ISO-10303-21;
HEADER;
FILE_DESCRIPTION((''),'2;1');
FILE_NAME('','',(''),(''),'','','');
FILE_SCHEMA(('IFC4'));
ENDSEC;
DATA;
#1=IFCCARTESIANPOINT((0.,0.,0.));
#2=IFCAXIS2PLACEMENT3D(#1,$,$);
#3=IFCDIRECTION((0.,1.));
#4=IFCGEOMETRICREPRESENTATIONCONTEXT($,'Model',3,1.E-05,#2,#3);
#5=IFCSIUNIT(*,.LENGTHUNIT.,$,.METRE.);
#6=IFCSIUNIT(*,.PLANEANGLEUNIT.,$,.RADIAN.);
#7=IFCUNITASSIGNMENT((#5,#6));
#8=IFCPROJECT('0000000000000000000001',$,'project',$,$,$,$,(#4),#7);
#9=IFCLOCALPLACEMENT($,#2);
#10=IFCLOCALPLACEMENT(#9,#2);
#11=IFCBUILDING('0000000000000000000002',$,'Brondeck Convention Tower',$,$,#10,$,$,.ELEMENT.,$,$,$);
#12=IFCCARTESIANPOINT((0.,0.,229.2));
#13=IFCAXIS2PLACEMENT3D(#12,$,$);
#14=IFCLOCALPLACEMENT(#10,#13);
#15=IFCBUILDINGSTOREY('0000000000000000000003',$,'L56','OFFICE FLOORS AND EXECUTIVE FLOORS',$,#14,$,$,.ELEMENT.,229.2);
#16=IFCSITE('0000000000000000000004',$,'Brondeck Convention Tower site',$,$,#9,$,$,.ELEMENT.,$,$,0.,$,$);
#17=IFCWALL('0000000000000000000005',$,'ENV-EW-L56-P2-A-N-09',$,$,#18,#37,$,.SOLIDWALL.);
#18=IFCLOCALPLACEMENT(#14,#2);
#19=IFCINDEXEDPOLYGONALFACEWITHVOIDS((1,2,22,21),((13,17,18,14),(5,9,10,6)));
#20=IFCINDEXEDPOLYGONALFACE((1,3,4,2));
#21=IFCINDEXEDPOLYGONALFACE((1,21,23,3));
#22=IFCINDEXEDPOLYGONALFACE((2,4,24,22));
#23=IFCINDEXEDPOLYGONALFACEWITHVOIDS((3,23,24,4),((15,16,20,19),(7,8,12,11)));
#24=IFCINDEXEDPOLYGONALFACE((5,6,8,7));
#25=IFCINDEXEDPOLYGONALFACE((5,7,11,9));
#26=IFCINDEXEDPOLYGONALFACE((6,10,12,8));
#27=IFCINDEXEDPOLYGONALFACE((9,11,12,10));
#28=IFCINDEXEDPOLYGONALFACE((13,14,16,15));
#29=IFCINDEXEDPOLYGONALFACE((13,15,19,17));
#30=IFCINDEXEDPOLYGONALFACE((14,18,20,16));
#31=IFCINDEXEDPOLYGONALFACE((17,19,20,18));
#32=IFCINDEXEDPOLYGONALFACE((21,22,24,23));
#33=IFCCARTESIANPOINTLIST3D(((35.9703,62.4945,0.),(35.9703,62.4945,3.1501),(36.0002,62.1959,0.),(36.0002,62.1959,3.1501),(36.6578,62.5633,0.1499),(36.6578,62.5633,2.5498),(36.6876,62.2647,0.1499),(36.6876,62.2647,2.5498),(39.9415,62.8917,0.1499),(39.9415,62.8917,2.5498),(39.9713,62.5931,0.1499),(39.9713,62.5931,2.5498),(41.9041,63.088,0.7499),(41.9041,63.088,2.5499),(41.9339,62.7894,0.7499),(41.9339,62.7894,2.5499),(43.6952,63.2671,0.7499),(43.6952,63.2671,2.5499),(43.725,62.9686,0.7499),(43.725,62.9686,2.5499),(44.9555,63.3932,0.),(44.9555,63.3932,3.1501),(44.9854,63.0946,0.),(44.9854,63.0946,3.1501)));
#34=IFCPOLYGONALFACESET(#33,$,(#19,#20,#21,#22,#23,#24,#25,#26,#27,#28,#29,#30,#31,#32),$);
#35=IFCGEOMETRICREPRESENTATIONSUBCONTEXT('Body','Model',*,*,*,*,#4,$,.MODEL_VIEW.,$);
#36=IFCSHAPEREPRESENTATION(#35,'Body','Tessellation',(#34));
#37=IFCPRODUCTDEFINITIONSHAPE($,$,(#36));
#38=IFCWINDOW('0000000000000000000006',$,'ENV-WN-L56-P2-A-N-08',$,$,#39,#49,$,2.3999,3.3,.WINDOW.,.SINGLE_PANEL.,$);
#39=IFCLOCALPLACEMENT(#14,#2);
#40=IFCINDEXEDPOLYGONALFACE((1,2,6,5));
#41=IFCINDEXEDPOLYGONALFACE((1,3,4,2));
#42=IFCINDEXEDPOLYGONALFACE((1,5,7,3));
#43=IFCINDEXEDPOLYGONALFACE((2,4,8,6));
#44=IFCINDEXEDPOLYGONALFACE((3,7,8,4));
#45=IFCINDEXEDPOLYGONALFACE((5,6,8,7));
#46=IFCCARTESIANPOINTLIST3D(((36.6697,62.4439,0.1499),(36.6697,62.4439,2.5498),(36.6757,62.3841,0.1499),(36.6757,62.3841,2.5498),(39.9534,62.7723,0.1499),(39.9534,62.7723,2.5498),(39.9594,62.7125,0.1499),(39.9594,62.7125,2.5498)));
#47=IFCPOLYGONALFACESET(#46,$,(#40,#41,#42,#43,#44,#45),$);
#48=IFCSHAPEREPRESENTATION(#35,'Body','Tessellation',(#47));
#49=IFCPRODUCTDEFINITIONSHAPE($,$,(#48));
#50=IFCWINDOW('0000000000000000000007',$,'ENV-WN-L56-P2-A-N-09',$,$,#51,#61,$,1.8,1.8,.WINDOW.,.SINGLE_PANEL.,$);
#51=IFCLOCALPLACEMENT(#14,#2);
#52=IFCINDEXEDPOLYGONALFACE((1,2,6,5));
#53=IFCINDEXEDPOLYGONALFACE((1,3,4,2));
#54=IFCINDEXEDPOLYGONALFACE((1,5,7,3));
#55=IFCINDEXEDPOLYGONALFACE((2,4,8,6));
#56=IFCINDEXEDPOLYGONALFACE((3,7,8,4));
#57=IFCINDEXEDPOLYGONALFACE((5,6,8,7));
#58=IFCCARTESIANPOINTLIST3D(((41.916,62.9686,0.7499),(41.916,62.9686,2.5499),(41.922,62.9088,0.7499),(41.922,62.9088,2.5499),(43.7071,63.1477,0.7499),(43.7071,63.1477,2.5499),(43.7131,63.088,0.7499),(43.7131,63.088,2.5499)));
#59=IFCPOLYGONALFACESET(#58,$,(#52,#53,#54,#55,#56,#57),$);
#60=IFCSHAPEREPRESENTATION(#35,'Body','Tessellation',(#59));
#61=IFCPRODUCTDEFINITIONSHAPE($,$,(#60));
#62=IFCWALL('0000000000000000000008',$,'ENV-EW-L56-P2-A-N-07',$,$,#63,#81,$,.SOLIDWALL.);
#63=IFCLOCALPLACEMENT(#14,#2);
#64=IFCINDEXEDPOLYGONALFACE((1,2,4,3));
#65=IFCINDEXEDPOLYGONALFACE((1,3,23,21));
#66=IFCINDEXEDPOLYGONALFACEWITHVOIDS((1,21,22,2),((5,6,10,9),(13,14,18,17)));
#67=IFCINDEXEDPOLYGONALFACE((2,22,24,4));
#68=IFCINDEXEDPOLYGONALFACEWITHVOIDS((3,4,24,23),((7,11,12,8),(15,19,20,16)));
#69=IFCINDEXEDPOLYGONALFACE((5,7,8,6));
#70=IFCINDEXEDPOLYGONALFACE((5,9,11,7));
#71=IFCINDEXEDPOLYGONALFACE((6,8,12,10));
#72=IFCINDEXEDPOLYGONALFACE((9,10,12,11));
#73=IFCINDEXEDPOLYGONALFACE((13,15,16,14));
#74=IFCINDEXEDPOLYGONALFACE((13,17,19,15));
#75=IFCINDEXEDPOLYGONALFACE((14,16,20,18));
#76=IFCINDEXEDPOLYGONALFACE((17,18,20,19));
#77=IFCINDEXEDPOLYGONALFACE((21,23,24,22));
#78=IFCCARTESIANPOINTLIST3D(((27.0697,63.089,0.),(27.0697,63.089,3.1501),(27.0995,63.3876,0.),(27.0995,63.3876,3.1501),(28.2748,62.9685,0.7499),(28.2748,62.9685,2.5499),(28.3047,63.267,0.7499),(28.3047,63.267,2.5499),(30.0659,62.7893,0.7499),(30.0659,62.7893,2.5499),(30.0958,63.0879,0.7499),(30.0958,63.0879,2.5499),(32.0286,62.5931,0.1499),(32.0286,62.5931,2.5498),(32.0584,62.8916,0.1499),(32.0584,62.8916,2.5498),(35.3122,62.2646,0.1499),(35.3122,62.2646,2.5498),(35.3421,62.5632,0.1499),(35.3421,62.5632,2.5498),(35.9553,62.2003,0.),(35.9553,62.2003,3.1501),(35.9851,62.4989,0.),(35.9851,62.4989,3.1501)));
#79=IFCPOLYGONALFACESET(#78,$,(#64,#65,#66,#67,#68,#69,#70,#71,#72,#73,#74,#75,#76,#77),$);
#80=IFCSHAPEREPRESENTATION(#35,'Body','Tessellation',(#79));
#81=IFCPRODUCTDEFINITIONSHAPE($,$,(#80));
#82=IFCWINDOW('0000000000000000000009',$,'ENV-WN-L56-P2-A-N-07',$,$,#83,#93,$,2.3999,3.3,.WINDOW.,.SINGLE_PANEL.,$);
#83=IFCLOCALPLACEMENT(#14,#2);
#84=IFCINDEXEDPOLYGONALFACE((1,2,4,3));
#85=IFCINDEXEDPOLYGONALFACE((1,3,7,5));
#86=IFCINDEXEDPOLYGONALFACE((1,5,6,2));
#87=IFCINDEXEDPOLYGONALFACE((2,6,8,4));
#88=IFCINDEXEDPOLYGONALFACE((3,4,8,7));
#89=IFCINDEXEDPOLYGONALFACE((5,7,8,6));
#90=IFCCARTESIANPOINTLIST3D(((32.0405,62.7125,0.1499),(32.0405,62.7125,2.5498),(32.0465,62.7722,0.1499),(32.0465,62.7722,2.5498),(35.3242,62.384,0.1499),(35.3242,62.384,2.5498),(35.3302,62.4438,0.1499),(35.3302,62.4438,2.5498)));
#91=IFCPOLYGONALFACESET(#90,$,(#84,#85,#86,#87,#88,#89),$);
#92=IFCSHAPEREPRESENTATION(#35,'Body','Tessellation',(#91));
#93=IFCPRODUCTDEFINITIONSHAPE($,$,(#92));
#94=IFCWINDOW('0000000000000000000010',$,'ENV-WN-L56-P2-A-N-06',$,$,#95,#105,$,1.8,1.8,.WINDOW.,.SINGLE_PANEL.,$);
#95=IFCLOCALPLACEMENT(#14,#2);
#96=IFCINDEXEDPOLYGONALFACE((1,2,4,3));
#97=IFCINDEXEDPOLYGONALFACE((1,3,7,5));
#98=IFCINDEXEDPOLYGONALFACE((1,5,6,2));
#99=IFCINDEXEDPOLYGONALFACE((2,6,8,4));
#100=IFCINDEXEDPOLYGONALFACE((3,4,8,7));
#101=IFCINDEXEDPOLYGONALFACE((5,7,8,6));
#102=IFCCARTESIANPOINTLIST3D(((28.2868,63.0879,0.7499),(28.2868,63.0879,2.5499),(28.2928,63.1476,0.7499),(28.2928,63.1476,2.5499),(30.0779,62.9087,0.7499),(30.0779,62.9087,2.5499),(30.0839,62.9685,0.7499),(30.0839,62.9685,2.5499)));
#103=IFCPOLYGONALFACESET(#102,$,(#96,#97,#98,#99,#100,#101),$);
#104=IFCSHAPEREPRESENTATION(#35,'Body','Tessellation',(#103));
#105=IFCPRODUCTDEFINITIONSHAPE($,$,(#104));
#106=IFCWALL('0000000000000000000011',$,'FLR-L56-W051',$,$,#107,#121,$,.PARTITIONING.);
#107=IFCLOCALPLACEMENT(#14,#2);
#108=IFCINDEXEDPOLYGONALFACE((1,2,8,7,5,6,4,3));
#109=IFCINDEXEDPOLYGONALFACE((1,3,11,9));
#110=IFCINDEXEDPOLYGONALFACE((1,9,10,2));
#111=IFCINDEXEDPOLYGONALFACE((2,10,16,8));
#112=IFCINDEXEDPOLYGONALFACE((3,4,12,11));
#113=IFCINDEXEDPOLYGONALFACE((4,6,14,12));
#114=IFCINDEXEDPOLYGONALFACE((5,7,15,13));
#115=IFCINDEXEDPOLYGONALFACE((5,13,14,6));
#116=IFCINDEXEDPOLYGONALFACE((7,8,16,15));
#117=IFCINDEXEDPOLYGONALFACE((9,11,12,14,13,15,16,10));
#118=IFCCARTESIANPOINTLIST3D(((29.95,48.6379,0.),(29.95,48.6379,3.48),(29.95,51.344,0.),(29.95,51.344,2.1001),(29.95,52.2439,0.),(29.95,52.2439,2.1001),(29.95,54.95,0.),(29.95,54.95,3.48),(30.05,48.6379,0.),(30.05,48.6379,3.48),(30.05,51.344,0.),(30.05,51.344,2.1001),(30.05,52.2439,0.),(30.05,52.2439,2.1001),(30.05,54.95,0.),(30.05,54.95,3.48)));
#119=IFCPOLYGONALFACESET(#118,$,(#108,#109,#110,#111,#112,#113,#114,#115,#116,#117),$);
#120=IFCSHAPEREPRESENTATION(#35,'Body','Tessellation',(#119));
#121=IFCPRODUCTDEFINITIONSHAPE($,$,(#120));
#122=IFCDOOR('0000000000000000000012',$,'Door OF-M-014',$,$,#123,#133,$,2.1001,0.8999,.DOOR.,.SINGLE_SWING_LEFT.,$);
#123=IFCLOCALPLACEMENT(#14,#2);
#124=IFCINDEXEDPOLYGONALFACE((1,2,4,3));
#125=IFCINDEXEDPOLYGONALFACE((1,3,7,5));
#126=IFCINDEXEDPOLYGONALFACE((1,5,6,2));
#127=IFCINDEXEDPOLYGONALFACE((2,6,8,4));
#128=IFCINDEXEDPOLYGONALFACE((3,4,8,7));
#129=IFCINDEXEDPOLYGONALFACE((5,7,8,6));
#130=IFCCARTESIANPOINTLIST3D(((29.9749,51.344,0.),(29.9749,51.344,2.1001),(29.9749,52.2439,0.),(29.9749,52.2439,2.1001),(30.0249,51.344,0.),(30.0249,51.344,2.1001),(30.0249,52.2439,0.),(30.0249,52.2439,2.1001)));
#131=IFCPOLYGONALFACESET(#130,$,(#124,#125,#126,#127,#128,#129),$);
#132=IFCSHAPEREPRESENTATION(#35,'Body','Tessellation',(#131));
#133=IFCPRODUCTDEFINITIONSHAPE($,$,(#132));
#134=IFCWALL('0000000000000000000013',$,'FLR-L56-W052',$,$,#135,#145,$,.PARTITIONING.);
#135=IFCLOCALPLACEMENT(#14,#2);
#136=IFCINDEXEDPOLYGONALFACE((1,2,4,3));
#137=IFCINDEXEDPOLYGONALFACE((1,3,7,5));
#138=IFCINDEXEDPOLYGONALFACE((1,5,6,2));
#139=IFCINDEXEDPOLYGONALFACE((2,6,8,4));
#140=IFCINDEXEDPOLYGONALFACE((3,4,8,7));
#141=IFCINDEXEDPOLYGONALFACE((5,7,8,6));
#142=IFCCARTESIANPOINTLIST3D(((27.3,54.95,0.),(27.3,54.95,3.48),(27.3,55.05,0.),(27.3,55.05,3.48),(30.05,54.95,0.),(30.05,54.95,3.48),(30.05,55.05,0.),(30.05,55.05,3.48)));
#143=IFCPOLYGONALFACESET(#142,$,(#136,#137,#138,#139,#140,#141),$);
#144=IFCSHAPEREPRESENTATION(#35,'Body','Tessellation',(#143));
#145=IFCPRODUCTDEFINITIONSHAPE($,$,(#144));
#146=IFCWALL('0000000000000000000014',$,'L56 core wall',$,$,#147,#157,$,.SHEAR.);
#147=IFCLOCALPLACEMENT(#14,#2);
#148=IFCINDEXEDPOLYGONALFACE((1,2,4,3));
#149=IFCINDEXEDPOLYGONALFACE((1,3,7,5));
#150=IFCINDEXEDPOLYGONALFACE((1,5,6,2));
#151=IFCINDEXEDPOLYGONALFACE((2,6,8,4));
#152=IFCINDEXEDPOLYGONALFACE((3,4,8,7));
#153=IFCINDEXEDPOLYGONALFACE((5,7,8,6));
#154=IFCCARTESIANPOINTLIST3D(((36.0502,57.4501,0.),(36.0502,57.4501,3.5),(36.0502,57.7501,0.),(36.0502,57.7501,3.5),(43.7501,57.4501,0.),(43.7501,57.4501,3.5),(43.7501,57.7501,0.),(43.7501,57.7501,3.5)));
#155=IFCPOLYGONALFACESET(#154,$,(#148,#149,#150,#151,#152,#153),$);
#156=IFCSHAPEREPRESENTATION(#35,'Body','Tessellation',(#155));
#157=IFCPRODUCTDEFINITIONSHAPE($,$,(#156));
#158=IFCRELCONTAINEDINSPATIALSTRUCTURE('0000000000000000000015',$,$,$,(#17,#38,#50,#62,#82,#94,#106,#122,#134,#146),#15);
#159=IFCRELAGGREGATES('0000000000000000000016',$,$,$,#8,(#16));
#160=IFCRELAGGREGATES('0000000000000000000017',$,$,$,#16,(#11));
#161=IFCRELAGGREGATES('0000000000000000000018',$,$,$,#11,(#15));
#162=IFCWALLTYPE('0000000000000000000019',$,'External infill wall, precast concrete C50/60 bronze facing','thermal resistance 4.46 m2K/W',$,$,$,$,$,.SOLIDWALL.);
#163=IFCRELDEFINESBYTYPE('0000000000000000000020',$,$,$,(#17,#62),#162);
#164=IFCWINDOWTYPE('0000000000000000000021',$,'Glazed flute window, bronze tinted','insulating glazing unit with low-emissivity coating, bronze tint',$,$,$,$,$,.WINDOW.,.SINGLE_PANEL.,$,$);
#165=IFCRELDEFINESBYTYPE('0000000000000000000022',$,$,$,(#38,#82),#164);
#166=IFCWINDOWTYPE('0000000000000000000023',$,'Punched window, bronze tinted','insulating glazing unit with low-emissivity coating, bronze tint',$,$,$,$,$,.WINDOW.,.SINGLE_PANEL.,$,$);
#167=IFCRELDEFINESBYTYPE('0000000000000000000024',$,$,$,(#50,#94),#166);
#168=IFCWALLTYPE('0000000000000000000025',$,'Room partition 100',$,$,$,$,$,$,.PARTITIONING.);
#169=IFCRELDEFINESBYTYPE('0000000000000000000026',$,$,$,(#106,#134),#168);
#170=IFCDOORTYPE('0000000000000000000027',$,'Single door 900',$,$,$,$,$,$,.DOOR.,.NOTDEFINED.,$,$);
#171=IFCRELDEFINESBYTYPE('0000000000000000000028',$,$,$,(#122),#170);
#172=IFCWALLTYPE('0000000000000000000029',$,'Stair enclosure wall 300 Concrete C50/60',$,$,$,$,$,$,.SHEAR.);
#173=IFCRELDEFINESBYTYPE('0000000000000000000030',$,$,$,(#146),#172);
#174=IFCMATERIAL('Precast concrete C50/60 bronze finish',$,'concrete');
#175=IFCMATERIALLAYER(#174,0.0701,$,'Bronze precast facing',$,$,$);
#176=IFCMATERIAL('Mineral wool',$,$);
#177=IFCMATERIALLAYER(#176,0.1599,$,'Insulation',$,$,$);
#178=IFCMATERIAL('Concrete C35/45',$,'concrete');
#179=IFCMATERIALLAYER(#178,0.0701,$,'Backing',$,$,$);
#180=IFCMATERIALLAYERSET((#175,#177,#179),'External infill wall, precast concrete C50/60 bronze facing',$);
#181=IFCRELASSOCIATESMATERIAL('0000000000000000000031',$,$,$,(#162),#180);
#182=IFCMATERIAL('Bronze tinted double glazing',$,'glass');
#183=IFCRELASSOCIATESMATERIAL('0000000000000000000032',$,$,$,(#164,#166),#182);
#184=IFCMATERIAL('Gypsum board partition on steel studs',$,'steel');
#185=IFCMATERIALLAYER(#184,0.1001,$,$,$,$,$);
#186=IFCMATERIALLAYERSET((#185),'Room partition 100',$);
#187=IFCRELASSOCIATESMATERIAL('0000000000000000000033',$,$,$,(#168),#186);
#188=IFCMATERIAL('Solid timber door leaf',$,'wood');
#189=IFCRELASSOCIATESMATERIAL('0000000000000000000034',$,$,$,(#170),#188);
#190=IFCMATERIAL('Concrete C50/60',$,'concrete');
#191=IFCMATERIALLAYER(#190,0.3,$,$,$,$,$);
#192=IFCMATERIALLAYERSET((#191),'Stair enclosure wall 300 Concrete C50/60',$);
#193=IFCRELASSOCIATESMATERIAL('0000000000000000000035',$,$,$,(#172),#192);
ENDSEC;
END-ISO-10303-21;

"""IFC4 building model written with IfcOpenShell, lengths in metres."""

from ifc_helpers import new_model, si_unit, direction, frame, frame_2d, origin, place, context, subcontext, project, spatial, rectangle, extrude, material, layer, layer_set, type_object, element, fill, save


model = new_model("IFC4")

# Units and contexts
model_context = context("Model", 3, precision=1e-05, world=origin(), true_north=direction((0.0, 1.0)))
body_context = subcontext(model_context, "Body", "Model", "MODEL_VIEW")
ifc_project = project(units=[si_unit("LENGTHUNIT", "METRE"), si_unit("PLANEANGLEUNIT", "RADIAN")], contexts=[model_context])

# Site, building, storey
site_placement = place(None, origin())
site = spatial("IfcSite", under=ifc_project, at=site_placement, Name="Brondeck Convention Tower site", CompositionType="ELEMENT", RefElevation=0.0)
building_placement = place(site_placement, origin())
building = spatial("IfcBuilding", under=site, at=building_placement, Name="Brondeck Convention Tower", CompositionType="ELEMENT")
storey_placement = place(building_placement, frame((0.0, 0.0, 229.2)))
storey = spatial("IfcBuildingStorey", under=building, at=storey_placement, Name="L56", Description="OFFICE FLOORS AND EXECUTIVE FLOORS", CompositionType="ELEMENT", Elevation=229.2)

# Shared definitions
ifc_material_1 = material(Name="Concrete C50/60", Category="concrete")

# Walls, openings, windows
ifc_material_2 = material(Name="Precast concrete C50/60 bronze finish", Category="concrete")
ifc_layer_1 = layer(ifc_material_2, 0.0701, Name="Bronze precast facing")
ifc_material_3 = material(Name="Mineral wool")
ifc_layer_2 = layer(ifc_material_3, 0.1599, Name="Insulation")
ifc_material_4 = material(Name="Concrete C35/45", Category="concrete")
ifc_layer_3 = layer(ifc_material_4, 0.0701, Name="Backing")
ifc_layer_set_1 = layer_set([ifc_layer_1, ifc_layer_2, ifc_layer_3], Name="External infill wall, precast concrete C50/60 bronze facing")
wall_type_1 = type_object("IfcWallType", Name="External infill wall, precast concrete C50/60 bronze facing", Description="thermal resistance 4.46 m2K/W", PredefinedType="SOLIDWALL", material=ifc_layer_set_1)
wall_1_placement = place(storey_placement, frame((35.9851, 62.3452, 0.0), z_axis=(0.0, 0.0, 1.0), x_axis=(0.995035, 0.099522, 0.0)))
wall_1 = element("IfcWall", 1, at=wall_1_placement, inside=storey, type_object=wall_type_1, Name="ENV-EW-L56-P2-A-N-09", PredefinedType="SOLIDWALL", context=body_context, shape_type="SweptSolid", body=[
    extrude(rectangle(XDim=9.03, YDim=0.3, at=frame_2d((4.5151, 0.0))), origin(), (0.0, 0.0, 1.0), 3.1501),
])
opening_1_placement = place(wall_1_placement, frame((0.6912, 0.0, 0.1499)))
opening_1 = element("IfcOpeningElement", 2, at=opening_1_placement, cuts=wall_1, PredefinedType="OPENING", context=body_context, shape_type="SweptSolid", body=[
    extrude(rectangle(XDim=3.3, YDim=2.3999, at=frame_2d((1.6499, 1.2))), frame((0.0, 0.1599, 0.0), z_axis=(0.0, -1.0, 0.0), x_axis=(1.0, 0.0, 0.0)), (0.0, 0.0, 1.0), 0.3201),
])
opening_2_placement = place(wall_1_placement, frame((5.9636, 0.0, 0.75)))
opening_2 = element("IfcOpeningElement", 3, at=opening_2_placement, cuts=wall_1, PredefinedType="OPENING", context=body_context, shape_type="SweptSolid", body=[
    extrude(rectangle(XDim=1.8, YDim=1.8, at=frame_2d((0.8999, 0.8999))), frame((0.0, 0.1599, 0.0), z_axis=(0.0, -1.0, 0.0), x_axis=(1.0, 0.0, 0.0)), (0.0, 0.0, 1.0), 0.3201),
])
ifc_material_5 = material(Name="Bronze tinted double glazing", Category="glass")
window_type_1 = type_object("IfcWindowType", Name="Glazed flute window, bronze tinted", Description="insulating glazing unit with low-emissivity coating, bronze tint", PartitioningType="SINGLE_PANEL", PredefinedType="WINDOW", material=ifc_material_5)
window_1_placement = place(opening_1_placement, origin())
window_1 = element("IfcWindow", 4, at=window_1_placement, inside=storey, type_object=window_type_1, Name="ENV-WN-L56-P2-A-N-08", OverallHeight=2.3999, OverallWidth=3.3, PartitioningType="SINGLE_PANEL", PredefinedType="WINDOW", context=body_context, shape_type="SweptSolid", body=[
    extrude(rectangle(XDim=3.3, YDim=2.3999, at=frame_2d((1.6499, 1.2))), frame((0.0, 0.03, 0.0), z_axis=(0.0, -1.0, 0.0), x_axis=(1.0, 0.0, 0.0)), (0.0, 0.0, 1.0), 0.0601),
])
fill(opening_1, window_1)
window_type_2 = type_object("IfcWindowType", Name="Punched window, bronze tinted", Description="insulating glazing unit with low-emissivity coating, bronze tint", PartitioningType="SINGLE_PANEL", PredefinedType="WINDOW", material=ifc_material_5)
window_2_placement = place(opening_2_placement, origin())
window_2 = element("IfcWindow", 5, at=window_2_placement, inside=storey, type_object=window_type_2, Name="ENV-WN-L56-P2-A-N-09", OverallHeight=1.8, OverallWidth=1.8, PartitioningType="SINGLE_PANEL", PredefinedType="WINDOW", context=body_context, shape_type="SweptSolid", body=[
    extrude(rectangle(XDim=1.8, YDim=1.8, at=frame_2d((0.8999, 0.8999))), frame((0.0, 0.03, 0.0), z_axis=(0.0, -1.0, 0.0), x_axis=(1.0, 0.0, 0.0)), (0.0, 0.0, 1.0), 0.0601),
])
fill(opening_2, window_2)
wall_2_placement = place(storey_placement, frame((27.0847, 63.2383, 0.0), z_axis=(0.0, 0.0, 1.0), x_axis=(0.995036, -0.099517, 0.0)))
wall_2 = element("IfcWall", 6, at=wall_2_placement, inside=storey, type_object=wall_type_1, Name="ENV-EW-L56-P2-A-N-07", PredefinedType="SOLIDWALL", context=body_context, shape_type="SweptSolid", body=[
    extrude(rectangle(XDim=8.9299, YDim=0.3, at=frame_2d((4.4648, 0.0))), origin(), (0.0, 0.0, 1.0), 3.1501),
])
opening_3_placement = place(wall_2_placement, frame((1.2112, 0.0, 0.75)))
opening_3 = element("IfcOpeningElement", 7, at=opening_3_placement, cuts=wall_2, PredefinedType="OPENING", context=body_context, shape_type="SweptSolid", body=[
    extrude(rectangle(XDim=1.8, YDim=1.8, at=frame_2d((0.8999, 0.8999))), frame((0.0, 0.1599, 0.0), z_axis=(0.0, -1.0, 0.0), x_axis=(1.0, 0.0, 0.0)), (0.0, 0.0, 1.0), 0.3201),
])
opening_4_placement = place(wall_2_placement, frame((4.9836, 0.0, 0.1499)))
opening_4 = element("IfcOpeningElement", 8, at=opening_4_placement, cuts=wall_2, PredefinedType="OPENING", context=body_context, shape_type="SweptSolid", body=[
    extrude(rectangle(XDim=3.3, YDim=2.3999, at=frame_2d((1.6499, 1.2))), frame((0.0, 0.1599, 0.0), z_axis=(0.0, -1.0, 0.0), x_axis=(1.0, 0.0, 0.0)), (0.0, 0.0, 1.0), 0.3201),
])
window_3_placement = place(opening_4_placement, origin())
window_3 = element("IfcWindow", 9, at=window_3_placement, inside=storey, type_object=window_type_1, Name="ENV-WN-L56-P2-A-N-07", OverallHeight=2.3999, OverallWidth=3.3, PartitioningType="SINGLE_PANEL", PredefinedType="WINDOW", context=body_context, shape_type="SweptSolid", body=[
    extrude(rectangle(XDim=3.3, YDim=2.3999, at=frame_2d((1.6499, 1.2))), frame((0.0, 0.03, 0.0), z_axis=(0.0, -1.0, 0.0), x_axis=(1.0, 0.0, 0.0)), (0.0, 0.0, 1.0), 0.0601),
])
fill(opening_4, window_3)
window_4_placement = place(opening_3_placement, origin())
window_4 = element("IfcWindow", 10, at=window_4_placement, inside=storey, type_object=window_type_2, Name="ENV-WN-L56-P2-A-N-06", OverallHeight=1.8, OverallWidth=1.8, PartitioningType="SINGLE_PANEL", PredefinedType="WINDOW", context=body_context, shape_type="SweptSolid", body=[
    extrude(rectangle(XDim=1.8, YDim=1.8, at=frame_2d((0.8999, 0.8999))), frame((0.0, 0.03, 0.0), z_axis=(0.0, -1.0, 0.0), x_axis=(1.0, 0.0, 0.0)), (0.0, 0.0, 1.0), 0.0601),
])
fill(opening_3, window_4)

# Wall, opening, door
ifc_material_6 = material(Name="Gypsum board partition on steel studs", Category="steel")
ifc_layer_4 = layer(ifc_material_6, 0.1001)
ifc_layer_set_2 = layer_set([ifc_layer_4], Name="Room partition 100")
wall_type_2 = type_object("IfcWallType", Name="Room partition 100", PredefinedType="PARTITIONING", material=ifc_layer_set_2)
wall_3_placement = place(storey_placement, frame((30.0, 54.95, 0.0), z_axis=(0.0, 0.0, 1.0), x_axis=(0.0, -1.0, 0.0)))
wall_3 = element("IfcWall", 11, at=wall_3_placement, inside=storey, type_object=wall_type_2, Name="FLR-L56-W051", PredefinedType="PARTITIONING", context=body_context, shape_type="SweptSolid", body=[
    extrude(rectangle(XDim=6.312, YDim=0.1001, at=frame_2d((3.156, 0.0))), origin(), (0.0, 0.0, 1.0), 3.48),
])
opening_5_placement = place(wall_3_placement, frame((2.7061, 0.0, 0.0)))
opening_5 = element("IfcOpeningElement", 12, at=opening_5_placement, cuts=wall_3, PredefinedType="OPENING", context=body_context, shape_type="SweptSolid", body=[
    extrude(rectangle(XDim=0.8999, YDim=2.1001, at=frame_2d((0.45, 1.05))), frame((0.0, 0.0601, 0.0), z_axis=(0.0, -1.0, 0.0), x_axis=(1.0, 0.0, 0.0)), (0.0, 0.0, 1.0), 0.1201),
])
ifc_material_7 = material(Name="Solid timber door leaf", Category="wood")
door_type = type_object("IfcDoorType", Name="Single door 900", OperationType="NOTDEFINED", PredefinedType="DOOR", material=ifc_material_7)
door_placement = place(opening_5_placement, origin())
door = element("IfcDoor", 13, at=door_placement, inside=storey, type_object=door_type, Name="Door OF-M-014", OperationType="SINGLE_SWING_LEFT", OverallHeight=2.1001, OverallWidth=0.8999, PredefinedType="DOOR", context=body_context, shape_type="SweptSolid", body=[
    extrude(rectangle(XDim=0.8999, YDim=2.1001, at=frame_2d((0.45, 1.05))), frame((0.0, 0.0249, 0.0), z_axis=(0.0, -1.0, 0.0), x_axis=(1.0, 0.0, 0.0)), (0.0, 0.0, 1.0), 0.05),
])
fill(opening_5, door)

# Walls
wall_4_placement = place(storey_placement, frame((27.3, 55.0, 0.0), z_axis=(0.0, 0.0, 1.0), x_axis=(1.0, 0.0, 0.0)))
element("IfcWall", 14, at=wall_4_placement, inside=storey, type_object=wall_type_2, Name="FLR-L56-W052", PredefinedType="PARTITIONING", context=body_context, shape_type="SweptSolid", body=[
    extrude(rectangle(XDim=2.75, YDim=0.1001, at=frame_2d((1.375, 0.0))), origin(), (0.0, 0.0, 1.0), 3.48),
])
ifc_layer_5 = layer(ifc_material_1, 0.3)
ifc_layer_set_3 = layer_set([ifc_layer_5], Name="Stair enclosure wall 300 Concrete C50/60")
wall_type_3 = type_object("IfcWallType", Name="Stair enclosure wall 300 Concrete C50/60", PredefinedType="SHEAR", material=ifc_layer_set_3)
wall_5_placement = place(storey_placement, frame((36.05, 57.6001, 0.0), z_axis=(0.0, 0.0, 1.0), x_axis=(1.0, 0.0, 0.0)))
element("IfcWall", 15, at=wall_5_placement, inside=storey, type_object=wall_type_3, Name="L56 core wall", PredefinedType="SHEAR", context=body_context, shape_type="SweptSolid", body=[
    extrude(rectangle(XDim=7.7, YDim=0.3, at=frame_2d((3.8501, 0.0))), origin(), (0.0, 0.0, 1.0), 3.5),
])

save(model, "model.ifc")
